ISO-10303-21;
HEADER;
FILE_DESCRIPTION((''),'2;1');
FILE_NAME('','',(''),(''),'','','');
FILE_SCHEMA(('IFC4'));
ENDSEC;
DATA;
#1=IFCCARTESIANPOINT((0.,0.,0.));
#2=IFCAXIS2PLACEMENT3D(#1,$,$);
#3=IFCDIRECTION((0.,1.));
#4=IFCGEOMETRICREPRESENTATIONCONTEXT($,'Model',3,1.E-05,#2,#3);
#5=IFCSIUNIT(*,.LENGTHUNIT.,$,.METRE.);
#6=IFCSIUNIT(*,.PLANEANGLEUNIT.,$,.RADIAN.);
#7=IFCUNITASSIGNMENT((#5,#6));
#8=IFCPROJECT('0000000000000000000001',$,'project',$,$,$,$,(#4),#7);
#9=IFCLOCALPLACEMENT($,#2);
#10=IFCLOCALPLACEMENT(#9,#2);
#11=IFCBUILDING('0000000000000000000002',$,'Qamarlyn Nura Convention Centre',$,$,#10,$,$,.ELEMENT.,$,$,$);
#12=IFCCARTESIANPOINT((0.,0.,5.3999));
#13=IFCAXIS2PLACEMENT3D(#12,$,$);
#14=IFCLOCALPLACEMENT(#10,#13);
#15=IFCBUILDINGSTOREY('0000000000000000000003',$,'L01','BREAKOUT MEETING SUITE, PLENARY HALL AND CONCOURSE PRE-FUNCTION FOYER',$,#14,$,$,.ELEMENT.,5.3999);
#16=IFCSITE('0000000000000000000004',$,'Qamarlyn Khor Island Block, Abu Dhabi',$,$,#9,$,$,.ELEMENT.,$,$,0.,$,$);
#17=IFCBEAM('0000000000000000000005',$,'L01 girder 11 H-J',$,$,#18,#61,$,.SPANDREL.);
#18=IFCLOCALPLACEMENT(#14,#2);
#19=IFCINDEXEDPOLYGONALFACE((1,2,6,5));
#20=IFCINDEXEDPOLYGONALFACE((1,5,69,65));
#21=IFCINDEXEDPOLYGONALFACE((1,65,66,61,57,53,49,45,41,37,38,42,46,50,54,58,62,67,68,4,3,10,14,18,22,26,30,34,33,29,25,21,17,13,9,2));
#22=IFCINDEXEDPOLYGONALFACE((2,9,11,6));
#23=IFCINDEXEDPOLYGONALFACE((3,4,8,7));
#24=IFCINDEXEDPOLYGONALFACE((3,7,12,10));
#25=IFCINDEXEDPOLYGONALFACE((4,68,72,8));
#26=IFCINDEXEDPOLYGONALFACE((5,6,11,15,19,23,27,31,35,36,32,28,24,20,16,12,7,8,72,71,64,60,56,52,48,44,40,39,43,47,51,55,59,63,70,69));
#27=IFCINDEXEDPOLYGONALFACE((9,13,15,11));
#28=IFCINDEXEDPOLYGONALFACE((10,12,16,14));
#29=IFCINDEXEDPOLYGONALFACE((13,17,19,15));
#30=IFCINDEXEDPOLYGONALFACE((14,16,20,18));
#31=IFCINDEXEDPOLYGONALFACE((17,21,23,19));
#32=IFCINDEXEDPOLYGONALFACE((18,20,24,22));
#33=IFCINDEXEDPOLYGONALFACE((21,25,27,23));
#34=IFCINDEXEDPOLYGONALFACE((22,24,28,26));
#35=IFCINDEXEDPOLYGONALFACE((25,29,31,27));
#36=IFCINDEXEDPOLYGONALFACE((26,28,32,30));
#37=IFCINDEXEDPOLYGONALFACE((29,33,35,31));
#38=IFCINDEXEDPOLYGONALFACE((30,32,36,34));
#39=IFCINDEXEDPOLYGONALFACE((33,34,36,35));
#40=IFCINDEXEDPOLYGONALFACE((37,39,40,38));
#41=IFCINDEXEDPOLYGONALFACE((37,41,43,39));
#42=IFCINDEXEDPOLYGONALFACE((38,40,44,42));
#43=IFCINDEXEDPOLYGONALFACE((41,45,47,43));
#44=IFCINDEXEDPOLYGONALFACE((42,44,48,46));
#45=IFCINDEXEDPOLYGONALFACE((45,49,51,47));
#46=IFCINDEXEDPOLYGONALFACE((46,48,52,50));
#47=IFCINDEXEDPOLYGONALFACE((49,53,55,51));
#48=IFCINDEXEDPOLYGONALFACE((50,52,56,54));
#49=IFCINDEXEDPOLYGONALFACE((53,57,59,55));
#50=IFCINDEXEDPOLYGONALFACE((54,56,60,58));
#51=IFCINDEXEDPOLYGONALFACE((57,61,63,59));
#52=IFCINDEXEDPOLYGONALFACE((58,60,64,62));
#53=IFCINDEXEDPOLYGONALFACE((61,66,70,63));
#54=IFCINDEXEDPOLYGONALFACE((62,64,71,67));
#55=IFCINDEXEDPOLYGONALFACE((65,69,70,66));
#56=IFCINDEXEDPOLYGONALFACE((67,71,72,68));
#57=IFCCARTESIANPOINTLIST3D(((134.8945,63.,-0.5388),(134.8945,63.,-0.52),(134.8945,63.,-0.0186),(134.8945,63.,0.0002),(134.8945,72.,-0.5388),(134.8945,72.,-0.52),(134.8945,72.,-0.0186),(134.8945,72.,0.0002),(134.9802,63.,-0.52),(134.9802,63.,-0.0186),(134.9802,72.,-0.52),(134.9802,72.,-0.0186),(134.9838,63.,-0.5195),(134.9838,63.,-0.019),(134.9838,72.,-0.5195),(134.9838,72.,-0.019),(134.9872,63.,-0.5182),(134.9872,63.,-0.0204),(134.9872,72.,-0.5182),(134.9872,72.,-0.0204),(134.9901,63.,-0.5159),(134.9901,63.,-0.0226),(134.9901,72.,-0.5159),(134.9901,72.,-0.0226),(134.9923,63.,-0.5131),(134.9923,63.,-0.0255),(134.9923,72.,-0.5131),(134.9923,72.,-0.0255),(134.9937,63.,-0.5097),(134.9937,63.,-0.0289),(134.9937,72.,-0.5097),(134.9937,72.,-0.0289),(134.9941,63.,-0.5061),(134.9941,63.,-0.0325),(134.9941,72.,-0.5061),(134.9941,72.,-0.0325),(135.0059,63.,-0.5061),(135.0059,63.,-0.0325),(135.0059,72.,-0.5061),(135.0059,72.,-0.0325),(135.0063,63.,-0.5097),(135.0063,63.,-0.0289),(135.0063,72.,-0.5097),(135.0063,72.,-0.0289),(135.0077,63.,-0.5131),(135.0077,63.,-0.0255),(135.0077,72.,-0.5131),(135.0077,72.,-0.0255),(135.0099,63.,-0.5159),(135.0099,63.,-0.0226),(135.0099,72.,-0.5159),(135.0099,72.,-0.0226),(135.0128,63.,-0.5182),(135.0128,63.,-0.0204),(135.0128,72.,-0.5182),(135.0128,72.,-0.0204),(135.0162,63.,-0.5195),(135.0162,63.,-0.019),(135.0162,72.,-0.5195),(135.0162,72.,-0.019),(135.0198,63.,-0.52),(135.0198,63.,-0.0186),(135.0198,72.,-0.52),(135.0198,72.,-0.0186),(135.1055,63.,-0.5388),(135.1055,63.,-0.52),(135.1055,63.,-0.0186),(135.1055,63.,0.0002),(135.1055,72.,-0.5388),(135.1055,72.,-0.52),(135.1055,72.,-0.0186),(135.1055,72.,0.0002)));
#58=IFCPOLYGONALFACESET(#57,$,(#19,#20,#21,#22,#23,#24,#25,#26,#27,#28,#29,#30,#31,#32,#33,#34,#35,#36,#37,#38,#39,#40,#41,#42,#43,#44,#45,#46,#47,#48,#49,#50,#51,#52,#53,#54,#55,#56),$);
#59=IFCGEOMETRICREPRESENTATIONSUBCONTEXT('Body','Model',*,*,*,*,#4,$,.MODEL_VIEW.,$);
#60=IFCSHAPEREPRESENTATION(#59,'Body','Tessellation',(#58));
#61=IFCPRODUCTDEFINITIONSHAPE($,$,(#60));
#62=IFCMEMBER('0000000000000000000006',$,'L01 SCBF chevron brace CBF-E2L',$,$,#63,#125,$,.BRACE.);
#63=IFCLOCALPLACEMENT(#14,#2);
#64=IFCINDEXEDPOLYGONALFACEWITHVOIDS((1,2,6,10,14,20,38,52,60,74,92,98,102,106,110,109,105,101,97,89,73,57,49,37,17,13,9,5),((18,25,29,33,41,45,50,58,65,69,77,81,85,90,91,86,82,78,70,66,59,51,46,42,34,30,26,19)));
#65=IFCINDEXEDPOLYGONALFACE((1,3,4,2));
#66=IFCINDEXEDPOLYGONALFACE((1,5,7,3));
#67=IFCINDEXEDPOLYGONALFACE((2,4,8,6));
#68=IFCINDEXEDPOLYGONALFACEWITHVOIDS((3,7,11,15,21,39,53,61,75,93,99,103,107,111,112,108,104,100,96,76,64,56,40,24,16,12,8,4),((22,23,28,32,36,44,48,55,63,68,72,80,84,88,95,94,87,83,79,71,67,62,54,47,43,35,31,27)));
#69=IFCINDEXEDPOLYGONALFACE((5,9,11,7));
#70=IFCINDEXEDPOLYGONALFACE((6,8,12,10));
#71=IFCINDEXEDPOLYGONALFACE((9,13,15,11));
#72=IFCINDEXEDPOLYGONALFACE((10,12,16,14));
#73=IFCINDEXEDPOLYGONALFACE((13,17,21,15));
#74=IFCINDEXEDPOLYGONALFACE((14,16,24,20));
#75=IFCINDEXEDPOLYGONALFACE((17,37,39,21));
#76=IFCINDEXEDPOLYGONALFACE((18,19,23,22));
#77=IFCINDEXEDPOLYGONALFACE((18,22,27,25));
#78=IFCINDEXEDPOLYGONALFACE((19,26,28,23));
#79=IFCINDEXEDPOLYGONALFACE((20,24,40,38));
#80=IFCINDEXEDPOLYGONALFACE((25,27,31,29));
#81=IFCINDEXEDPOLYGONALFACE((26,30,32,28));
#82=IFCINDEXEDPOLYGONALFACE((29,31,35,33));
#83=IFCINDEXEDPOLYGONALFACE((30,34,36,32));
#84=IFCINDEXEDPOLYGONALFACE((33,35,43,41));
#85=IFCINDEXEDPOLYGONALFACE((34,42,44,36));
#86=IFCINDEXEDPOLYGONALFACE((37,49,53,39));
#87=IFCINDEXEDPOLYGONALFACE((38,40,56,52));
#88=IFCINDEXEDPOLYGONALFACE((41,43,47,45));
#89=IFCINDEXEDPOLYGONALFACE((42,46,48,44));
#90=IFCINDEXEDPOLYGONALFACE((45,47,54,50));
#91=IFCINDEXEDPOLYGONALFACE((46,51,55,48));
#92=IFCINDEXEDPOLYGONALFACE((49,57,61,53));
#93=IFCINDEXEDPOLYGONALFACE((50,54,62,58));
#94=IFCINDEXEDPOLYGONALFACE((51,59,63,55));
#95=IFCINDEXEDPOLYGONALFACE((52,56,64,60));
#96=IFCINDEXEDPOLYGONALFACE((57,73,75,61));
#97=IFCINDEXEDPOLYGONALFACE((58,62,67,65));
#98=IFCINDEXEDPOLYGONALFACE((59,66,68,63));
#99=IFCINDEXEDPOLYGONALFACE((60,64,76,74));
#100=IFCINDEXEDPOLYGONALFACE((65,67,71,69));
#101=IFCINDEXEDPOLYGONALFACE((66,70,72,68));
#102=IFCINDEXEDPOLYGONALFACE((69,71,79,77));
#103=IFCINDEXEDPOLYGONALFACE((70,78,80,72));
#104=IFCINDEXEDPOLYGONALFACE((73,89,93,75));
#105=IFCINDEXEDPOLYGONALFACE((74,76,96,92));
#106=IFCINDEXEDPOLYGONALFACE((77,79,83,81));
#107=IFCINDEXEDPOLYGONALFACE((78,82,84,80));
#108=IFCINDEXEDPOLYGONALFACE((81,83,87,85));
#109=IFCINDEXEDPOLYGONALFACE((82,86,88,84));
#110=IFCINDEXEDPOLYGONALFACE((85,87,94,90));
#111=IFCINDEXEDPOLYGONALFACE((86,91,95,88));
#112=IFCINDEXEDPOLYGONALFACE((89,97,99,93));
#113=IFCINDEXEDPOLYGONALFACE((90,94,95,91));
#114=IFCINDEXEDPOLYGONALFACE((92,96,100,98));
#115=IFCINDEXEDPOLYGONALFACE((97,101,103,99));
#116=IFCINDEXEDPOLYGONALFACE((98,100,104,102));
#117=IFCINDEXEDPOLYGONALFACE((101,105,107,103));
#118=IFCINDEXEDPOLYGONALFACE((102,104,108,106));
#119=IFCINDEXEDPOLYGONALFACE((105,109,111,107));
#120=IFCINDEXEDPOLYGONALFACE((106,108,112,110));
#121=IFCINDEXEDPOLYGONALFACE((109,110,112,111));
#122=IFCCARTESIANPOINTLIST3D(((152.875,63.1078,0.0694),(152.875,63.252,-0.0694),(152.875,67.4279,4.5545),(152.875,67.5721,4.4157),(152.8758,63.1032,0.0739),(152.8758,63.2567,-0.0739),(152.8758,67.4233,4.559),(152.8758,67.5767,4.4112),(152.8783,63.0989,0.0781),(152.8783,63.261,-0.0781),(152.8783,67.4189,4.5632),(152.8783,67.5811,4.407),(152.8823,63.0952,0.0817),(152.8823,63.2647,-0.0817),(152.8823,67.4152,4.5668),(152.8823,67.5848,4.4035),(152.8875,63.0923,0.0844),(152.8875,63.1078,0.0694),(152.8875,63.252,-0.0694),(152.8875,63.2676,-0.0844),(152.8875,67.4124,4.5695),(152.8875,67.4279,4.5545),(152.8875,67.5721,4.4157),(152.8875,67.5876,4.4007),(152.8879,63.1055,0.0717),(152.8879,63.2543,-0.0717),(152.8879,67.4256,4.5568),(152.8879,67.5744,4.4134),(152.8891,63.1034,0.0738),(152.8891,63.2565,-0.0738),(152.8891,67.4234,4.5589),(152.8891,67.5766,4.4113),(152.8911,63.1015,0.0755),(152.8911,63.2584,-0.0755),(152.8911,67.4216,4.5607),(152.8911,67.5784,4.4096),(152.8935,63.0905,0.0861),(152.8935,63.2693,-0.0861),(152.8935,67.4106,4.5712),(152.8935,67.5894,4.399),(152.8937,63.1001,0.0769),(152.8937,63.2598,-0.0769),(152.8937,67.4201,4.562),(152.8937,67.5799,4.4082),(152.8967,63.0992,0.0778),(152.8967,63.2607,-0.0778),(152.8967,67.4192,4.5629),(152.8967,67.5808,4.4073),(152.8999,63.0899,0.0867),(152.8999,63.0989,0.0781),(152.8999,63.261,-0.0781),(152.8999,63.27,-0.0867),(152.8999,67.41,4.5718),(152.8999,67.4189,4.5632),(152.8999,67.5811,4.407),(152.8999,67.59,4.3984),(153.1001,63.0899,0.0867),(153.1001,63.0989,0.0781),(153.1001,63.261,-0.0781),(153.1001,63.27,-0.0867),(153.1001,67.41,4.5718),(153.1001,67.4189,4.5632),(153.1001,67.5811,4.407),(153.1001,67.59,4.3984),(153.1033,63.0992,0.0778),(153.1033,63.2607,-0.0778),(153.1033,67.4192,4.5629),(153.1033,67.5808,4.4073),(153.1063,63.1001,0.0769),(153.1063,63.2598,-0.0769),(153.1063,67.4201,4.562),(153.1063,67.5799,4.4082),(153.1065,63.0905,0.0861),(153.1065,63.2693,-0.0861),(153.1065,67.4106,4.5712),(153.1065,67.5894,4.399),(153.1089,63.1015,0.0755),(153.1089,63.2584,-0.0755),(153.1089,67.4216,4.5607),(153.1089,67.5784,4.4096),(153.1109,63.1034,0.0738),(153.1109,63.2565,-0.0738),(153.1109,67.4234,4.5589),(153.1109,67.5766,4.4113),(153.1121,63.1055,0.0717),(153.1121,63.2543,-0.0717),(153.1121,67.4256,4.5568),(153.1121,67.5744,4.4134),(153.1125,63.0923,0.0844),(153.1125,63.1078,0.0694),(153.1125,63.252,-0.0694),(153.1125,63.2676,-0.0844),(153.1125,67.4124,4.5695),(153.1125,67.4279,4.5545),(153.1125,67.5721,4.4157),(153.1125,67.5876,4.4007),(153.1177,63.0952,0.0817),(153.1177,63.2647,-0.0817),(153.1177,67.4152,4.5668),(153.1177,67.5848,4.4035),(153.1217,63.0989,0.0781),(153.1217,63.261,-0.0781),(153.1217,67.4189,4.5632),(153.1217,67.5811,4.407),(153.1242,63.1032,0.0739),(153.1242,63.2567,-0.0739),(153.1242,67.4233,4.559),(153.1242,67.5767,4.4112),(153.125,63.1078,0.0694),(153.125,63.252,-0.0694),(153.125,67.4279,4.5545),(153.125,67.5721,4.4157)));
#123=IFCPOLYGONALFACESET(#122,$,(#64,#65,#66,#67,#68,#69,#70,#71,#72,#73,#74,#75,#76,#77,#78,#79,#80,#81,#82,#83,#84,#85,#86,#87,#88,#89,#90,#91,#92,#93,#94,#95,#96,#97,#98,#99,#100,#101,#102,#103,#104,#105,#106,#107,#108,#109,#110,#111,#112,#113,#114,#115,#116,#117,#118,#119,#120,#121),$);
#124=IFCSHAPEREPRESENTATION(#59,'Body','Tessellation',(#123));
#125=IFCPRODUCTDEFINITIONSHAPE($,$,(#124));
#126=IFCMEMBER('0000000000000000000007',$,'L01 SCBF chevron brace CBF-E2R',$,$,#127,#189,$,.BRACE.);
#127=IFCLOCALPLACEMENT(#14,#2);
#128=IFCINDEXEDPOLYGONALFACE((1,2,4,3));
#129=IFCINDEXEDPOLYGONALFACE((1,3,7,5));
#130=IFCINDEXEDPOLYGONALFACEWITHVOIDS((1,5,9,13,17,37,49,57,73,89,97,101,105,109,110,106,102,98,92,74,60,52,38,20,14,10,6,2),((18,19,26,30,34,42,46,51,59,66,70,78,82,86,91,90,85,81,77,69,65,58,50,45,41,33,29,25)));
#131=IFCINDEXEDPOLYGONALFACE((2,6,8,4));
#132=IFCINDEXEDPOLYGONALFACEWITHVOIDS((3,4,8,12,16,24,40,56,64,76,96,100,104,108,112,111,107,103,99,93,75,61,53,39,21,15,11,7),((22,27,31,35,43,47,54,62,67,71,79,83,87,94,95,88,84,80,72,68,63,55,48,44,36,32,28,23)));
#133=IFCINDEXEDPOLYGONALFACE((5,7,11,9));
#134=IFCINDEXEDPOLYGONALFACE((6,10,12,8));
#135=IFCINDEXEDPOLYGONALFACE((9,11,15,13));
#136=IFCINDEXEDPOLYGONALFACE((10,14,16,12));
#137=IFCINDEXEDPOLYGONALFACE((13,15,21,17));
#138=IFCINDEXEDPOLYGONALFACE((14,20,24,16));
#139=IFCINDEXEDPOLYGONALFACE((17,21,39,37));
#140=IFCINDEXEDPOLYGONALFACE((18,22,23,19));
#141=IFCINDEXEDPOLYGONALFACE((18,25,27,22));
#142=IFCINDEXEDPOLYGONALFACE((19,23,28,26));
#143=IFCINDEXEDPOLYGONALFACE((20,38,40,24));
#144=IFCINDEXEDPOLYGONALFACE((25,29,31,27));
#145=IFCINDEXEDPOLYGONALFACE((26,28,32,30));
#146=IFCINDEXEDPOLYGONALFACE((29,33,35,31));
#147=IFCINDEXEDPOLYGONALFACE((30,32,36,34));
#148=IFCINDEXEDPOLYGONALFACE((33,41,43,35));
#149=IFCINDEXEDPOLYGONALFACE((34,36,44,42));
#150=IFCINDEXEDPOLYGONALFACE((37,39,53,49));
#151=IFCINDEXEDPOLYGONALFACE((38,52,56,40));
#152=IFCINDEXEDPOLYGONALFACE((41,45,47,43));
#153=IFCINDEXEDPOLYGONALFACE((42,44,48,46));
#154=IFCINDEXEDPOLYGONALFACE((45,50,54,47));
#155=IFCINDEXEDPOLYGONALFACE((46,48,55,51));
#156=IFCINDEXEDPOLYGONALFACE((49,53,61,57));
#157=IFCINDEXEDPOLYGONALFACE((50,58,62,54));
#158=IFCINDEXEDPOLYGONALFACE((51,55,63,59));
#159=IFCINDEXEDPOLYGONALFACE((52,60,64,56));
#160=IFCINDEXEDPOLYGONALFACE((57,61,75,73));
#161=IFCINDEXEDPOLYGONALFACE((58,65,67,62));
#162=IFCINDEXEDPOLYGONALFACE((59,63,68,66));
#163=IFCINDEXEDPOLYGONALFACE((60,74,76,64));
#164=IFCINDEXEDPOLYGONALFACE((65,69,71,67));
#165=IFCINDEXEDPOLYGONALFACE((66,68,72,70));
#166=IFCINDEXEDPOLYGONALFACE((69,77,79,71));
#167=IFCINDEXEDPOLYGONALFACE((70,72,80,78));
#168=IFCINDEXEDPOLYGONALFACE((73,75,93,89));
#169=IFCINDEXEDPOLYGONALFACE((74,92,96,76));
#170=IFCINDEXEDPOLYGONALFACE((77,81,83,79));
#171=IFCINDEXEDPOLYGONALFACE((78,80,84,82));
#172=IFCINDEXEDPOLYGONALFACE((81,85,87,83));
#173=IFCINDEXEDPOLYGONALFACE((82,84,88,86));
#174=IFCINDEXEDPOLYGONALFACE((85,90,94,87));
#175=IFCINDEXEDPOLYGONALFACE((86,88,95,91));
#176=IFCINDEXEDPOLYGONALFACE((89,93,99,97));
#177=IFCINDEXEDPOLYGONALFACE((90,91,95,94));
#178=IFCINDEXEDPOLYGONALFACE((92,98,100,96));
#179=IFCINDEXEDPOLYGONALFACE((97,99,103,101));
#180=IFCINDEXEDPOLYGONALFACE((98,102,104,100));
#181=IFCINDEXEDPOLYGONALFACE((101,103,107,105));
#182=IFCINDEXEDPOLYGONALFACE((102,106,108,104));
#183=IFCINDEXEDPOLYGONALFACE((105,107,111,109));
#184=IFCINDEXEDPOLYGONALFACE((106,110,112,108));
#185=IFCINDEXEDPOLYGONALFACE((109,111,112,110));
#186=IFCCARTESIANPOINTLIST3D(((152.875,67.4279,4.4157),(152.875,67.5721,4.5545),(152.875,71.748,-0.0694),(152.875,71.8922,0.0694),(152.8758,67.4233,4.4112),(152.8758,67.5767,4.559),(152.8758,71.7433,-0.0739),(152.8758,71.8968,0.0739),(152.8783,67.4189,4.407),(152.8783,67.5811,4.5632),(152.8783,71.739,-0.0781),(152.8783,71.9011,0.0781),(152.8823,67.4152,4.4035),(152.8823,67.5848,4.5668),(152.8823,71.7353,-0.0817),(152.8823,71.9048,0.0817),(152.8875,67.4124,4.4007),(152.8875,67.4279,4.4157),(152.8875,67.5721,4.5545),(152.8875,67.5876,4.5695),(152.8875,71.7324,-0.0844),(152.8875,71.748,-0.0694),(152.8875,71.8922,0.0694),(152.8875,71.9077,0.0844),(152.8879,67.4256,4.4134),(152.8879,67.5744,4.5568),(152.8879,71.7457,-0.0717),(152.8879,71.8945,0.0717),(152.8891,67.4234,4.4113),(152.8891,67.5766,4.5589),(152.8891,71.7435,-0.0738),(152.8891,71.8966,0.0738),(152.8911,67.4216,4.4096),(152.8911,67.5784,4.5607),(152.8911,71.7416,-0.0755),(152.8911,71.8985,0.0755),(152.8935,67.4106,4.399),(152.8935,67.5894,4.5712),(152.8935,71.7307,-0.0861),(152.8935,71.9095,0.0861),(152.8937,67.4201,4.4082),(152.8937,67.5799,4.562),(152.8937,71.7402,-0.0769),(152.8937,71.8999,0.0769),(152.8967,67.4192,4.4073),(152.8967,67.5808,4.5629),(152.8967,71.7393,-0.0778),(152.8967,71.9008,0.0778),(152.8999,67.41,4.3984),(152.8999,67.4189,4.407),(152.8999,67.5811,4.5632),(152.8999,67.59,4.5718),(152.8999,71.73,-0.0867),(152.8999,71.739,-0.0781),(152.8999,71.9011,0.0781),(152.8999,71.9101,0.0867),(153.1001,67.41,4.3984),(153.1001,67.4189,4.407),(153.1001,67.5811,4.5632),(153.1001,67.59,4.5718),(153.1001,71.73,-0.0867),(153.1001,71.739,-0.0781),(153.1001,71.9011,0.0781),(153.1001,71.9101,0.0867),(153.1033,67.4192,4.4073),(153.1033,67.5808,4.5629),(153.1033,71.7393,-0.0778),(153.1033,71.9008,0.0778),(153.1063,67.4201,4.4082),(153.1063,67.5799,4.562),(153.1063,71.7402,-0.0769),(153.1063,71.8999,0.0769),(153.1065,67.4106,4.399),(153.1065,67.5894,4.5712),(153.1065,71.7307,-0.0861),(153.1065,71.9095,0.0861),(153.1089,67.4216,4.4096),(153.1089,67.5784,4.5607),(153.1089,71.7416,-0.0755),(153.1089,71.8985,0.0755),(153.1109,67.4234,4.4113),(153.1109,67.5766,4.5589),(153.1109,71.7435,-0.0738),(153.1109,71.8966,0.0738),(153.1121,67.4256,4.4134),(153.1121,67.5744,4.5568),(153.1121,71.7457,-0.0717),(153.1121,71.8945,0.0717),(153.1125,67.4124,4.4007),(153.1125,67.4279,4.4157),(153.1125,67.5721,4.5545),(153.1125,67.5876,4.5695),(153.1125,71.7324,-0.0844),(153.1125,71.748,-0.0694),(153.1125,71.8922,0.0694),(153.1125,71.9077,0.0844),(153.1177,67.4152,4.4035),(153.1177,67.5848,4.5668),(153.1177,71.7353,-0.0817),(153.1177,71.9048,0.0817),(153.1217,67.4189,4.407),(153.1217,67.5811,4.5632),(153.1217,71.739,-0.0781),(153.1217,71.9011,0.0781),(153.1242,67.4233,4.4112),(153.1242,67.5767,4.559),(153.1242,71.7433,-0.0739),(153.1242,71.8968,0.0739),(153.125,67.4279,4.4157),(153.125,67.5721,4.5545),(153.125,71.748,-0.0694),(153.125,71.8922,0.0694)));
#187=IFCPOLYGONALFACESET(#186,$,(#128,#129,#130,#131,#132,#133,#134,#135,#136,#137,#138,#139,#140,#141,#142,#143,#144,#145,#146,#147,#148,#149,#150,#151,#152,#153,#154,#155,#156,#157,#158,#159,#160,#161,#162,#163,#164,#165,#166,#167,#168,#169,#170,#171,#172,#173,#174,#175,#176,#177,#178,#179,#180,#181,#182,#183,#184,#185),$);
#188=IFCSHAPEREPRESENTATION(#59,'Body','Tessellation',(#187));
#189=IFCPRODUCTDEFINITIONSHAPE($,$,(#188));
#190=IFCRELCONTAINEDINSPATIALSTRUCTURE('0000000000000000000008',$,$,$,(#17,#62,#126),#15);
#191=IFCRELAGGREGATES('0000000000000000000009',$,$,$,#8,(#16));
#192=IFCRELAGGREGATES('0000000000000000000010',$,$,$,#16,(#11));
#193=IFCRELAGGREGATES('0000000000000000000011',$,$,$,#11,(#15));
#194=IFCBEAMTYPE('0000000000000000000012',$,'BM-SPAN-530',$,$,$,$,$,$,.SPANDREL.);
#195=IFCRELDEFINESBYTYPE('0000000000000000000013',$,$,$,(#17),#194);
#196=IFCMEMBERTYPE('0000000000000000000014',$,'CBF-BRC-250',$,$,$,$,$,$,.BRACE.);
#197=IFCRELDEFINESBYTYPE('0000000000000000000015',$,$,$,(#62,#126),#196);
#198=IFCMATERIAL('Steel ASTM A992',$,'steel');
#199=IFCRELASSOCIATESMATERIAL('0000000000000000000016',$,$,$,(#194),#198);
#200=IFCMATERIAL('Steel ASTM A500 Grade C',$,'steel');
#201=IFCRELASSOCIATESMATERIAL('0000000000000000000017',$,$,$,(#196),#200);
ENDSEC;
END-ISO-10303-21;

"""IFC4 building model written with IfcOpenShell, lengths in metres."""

from ifc_helpers import new_model, si_unit, direction, frame, origin, origin_2d, place, context, subcontext, project, spatial, hollow_rectangle, i_section, extrude, material, material_profile, profile_set, type_object, element, save


model = new_model("IFC4")

# Units and contexts
model_context = context("Model", 3, precision=1e-05, world=origin(), true_north=direction((0.0, 1.0)))
body_context = subcontext(model_context, "Body", "Model", "MODEL_VIEW")
ifc_project = project(units=[si_unit("LENGTHUNIT", "METRE"), si_unit("PLANEANGLEUNIT", "RADIAN")], contexts=[model_context])

# Site, building, storey
site_placement = place(None, origin())
site = spatial("IfcSite", under=ifc_project, at=site_placement, Name="Qamarlyn Khor Island Block, Abu Dhabi", CompositionType="ELEMENT", RefElevation=0.0)
building_placement = place(site_placement, origin())
building = spatial("IfcBuilding", under=site, at=building_placement, Name="Qamarlyn Nura Convention Centre", CompositionType="ELEMENT")
storey_placement = place(building_placement, frame((0.0, 0.0, 5.3999)))
storey = spatial("IfcBuildingStorey", under=building, at=storey_placement, Name="L01", Description="BREAKOUT MEETING SUITE, PLENARY HALL AND CONCOURSE PRE-FUNCTION FOYER", CompositionType="ELEMENT", Elevation=5.3999)

# Shared definitions
ifc_material_1 = material(Name="Steel ASTM A500 Grade C", Category="steel")
ifc_material_2 = material(Name="Steel ASTM A992", Category="steel")

# Beam
ifc_material_profile_1 = material_profile(ifc_material_2, i_section(OverallWidth=0.2109, OverallDepth=0.5391, WebThickness=0.0117, FlangeThickness=0.0188, FilletRadius=0.0139, at=origin_2d()), Name="W530X109")
ifc_profile_set_1 = profile_set([ifc_material_profile_1], Name="Steel ASTM A992")
beam_type_1 = type_object("IfcBeamType", Name="BM-SPAN-530", PredefinedType="SPANDREL", material=ifc_profile_set_1)
beam_1_placement = place(storey_placement, frame((135.0, 63.0, -0.2693), z_axis=(0.0, 1.0, 0.0), x_axis=(-1.0, 0.0, 0.0)))
element("IfcBeam", 1, at=beam_1_placement, inside=storey, type_object=beam_type_1, Name="L01 girder 11 H-J", PredefinedType="SPANDREL", context=body_context, shape_type="SweptSolid", body=[
    extrude(i_section(OverallWidth=0.2109, OverallDepth=0.5391, WebThickness=0.0117, FlangeThickness=0.0188, FilletRadius=0.0139, at=origin_2d()), origin(), (0.0, 0.0, 1.0), 9.0),
])

# Members
ifc_material_profile_2 = material_profile(ifc_material_1, hollow_rectangle(XDim=0.25, YDim=0.25, WallThickness=0.0125, InnerFilletRadius=0.0125, OuterFilletRadius=0.0249, at=origin_2d()), Name="HSS250X250X12.5")
ifc_profile_set_2 = profile_set([ifc_material_profile_2], Name="Steel ASTM A500 Grade C")
member_type_1 = type_object("IfcMemberType", Name="CBF-BRC-250", PredefinedType="BRACE", material=ifc_profile_set_2)
for number, where, z_axis, x_axis, name in (
    (2, (153.0, 63.1799, 0.0), (0.0, 0.693731, 0.720234), (-1.0, 0.0, 0.0), "L01 SCBF chevron brace CBF-E2L"),
    (3, (153.0, 71.8201, 0.0), (0.0, -0.693731, 0.720234), (1.0, 0.0, 0.0), "L01 SCBF chevron brace CBF-E2R"),
):
    element("IfcMember", number, at=place(storey_placement, frame(where, z_axis=z_axis, x_axis=x_axis)), inside=storey, type_object=member_type_1, Name=name, PredefinedType="BRACE", context=body_context, shape_type="SweptSolid", body=[
        extrude(hollow_rectangle(XDim=0.25, YDim=0.25, WallThickness=0.0125, InnerFilletRadius=0.0125, OuterFilletRadius=0.0249, at=origin_2d()), origin(), (0.0, 0.0, 1.0), 6.2273),
    ])

save(model, "model.ifc")
